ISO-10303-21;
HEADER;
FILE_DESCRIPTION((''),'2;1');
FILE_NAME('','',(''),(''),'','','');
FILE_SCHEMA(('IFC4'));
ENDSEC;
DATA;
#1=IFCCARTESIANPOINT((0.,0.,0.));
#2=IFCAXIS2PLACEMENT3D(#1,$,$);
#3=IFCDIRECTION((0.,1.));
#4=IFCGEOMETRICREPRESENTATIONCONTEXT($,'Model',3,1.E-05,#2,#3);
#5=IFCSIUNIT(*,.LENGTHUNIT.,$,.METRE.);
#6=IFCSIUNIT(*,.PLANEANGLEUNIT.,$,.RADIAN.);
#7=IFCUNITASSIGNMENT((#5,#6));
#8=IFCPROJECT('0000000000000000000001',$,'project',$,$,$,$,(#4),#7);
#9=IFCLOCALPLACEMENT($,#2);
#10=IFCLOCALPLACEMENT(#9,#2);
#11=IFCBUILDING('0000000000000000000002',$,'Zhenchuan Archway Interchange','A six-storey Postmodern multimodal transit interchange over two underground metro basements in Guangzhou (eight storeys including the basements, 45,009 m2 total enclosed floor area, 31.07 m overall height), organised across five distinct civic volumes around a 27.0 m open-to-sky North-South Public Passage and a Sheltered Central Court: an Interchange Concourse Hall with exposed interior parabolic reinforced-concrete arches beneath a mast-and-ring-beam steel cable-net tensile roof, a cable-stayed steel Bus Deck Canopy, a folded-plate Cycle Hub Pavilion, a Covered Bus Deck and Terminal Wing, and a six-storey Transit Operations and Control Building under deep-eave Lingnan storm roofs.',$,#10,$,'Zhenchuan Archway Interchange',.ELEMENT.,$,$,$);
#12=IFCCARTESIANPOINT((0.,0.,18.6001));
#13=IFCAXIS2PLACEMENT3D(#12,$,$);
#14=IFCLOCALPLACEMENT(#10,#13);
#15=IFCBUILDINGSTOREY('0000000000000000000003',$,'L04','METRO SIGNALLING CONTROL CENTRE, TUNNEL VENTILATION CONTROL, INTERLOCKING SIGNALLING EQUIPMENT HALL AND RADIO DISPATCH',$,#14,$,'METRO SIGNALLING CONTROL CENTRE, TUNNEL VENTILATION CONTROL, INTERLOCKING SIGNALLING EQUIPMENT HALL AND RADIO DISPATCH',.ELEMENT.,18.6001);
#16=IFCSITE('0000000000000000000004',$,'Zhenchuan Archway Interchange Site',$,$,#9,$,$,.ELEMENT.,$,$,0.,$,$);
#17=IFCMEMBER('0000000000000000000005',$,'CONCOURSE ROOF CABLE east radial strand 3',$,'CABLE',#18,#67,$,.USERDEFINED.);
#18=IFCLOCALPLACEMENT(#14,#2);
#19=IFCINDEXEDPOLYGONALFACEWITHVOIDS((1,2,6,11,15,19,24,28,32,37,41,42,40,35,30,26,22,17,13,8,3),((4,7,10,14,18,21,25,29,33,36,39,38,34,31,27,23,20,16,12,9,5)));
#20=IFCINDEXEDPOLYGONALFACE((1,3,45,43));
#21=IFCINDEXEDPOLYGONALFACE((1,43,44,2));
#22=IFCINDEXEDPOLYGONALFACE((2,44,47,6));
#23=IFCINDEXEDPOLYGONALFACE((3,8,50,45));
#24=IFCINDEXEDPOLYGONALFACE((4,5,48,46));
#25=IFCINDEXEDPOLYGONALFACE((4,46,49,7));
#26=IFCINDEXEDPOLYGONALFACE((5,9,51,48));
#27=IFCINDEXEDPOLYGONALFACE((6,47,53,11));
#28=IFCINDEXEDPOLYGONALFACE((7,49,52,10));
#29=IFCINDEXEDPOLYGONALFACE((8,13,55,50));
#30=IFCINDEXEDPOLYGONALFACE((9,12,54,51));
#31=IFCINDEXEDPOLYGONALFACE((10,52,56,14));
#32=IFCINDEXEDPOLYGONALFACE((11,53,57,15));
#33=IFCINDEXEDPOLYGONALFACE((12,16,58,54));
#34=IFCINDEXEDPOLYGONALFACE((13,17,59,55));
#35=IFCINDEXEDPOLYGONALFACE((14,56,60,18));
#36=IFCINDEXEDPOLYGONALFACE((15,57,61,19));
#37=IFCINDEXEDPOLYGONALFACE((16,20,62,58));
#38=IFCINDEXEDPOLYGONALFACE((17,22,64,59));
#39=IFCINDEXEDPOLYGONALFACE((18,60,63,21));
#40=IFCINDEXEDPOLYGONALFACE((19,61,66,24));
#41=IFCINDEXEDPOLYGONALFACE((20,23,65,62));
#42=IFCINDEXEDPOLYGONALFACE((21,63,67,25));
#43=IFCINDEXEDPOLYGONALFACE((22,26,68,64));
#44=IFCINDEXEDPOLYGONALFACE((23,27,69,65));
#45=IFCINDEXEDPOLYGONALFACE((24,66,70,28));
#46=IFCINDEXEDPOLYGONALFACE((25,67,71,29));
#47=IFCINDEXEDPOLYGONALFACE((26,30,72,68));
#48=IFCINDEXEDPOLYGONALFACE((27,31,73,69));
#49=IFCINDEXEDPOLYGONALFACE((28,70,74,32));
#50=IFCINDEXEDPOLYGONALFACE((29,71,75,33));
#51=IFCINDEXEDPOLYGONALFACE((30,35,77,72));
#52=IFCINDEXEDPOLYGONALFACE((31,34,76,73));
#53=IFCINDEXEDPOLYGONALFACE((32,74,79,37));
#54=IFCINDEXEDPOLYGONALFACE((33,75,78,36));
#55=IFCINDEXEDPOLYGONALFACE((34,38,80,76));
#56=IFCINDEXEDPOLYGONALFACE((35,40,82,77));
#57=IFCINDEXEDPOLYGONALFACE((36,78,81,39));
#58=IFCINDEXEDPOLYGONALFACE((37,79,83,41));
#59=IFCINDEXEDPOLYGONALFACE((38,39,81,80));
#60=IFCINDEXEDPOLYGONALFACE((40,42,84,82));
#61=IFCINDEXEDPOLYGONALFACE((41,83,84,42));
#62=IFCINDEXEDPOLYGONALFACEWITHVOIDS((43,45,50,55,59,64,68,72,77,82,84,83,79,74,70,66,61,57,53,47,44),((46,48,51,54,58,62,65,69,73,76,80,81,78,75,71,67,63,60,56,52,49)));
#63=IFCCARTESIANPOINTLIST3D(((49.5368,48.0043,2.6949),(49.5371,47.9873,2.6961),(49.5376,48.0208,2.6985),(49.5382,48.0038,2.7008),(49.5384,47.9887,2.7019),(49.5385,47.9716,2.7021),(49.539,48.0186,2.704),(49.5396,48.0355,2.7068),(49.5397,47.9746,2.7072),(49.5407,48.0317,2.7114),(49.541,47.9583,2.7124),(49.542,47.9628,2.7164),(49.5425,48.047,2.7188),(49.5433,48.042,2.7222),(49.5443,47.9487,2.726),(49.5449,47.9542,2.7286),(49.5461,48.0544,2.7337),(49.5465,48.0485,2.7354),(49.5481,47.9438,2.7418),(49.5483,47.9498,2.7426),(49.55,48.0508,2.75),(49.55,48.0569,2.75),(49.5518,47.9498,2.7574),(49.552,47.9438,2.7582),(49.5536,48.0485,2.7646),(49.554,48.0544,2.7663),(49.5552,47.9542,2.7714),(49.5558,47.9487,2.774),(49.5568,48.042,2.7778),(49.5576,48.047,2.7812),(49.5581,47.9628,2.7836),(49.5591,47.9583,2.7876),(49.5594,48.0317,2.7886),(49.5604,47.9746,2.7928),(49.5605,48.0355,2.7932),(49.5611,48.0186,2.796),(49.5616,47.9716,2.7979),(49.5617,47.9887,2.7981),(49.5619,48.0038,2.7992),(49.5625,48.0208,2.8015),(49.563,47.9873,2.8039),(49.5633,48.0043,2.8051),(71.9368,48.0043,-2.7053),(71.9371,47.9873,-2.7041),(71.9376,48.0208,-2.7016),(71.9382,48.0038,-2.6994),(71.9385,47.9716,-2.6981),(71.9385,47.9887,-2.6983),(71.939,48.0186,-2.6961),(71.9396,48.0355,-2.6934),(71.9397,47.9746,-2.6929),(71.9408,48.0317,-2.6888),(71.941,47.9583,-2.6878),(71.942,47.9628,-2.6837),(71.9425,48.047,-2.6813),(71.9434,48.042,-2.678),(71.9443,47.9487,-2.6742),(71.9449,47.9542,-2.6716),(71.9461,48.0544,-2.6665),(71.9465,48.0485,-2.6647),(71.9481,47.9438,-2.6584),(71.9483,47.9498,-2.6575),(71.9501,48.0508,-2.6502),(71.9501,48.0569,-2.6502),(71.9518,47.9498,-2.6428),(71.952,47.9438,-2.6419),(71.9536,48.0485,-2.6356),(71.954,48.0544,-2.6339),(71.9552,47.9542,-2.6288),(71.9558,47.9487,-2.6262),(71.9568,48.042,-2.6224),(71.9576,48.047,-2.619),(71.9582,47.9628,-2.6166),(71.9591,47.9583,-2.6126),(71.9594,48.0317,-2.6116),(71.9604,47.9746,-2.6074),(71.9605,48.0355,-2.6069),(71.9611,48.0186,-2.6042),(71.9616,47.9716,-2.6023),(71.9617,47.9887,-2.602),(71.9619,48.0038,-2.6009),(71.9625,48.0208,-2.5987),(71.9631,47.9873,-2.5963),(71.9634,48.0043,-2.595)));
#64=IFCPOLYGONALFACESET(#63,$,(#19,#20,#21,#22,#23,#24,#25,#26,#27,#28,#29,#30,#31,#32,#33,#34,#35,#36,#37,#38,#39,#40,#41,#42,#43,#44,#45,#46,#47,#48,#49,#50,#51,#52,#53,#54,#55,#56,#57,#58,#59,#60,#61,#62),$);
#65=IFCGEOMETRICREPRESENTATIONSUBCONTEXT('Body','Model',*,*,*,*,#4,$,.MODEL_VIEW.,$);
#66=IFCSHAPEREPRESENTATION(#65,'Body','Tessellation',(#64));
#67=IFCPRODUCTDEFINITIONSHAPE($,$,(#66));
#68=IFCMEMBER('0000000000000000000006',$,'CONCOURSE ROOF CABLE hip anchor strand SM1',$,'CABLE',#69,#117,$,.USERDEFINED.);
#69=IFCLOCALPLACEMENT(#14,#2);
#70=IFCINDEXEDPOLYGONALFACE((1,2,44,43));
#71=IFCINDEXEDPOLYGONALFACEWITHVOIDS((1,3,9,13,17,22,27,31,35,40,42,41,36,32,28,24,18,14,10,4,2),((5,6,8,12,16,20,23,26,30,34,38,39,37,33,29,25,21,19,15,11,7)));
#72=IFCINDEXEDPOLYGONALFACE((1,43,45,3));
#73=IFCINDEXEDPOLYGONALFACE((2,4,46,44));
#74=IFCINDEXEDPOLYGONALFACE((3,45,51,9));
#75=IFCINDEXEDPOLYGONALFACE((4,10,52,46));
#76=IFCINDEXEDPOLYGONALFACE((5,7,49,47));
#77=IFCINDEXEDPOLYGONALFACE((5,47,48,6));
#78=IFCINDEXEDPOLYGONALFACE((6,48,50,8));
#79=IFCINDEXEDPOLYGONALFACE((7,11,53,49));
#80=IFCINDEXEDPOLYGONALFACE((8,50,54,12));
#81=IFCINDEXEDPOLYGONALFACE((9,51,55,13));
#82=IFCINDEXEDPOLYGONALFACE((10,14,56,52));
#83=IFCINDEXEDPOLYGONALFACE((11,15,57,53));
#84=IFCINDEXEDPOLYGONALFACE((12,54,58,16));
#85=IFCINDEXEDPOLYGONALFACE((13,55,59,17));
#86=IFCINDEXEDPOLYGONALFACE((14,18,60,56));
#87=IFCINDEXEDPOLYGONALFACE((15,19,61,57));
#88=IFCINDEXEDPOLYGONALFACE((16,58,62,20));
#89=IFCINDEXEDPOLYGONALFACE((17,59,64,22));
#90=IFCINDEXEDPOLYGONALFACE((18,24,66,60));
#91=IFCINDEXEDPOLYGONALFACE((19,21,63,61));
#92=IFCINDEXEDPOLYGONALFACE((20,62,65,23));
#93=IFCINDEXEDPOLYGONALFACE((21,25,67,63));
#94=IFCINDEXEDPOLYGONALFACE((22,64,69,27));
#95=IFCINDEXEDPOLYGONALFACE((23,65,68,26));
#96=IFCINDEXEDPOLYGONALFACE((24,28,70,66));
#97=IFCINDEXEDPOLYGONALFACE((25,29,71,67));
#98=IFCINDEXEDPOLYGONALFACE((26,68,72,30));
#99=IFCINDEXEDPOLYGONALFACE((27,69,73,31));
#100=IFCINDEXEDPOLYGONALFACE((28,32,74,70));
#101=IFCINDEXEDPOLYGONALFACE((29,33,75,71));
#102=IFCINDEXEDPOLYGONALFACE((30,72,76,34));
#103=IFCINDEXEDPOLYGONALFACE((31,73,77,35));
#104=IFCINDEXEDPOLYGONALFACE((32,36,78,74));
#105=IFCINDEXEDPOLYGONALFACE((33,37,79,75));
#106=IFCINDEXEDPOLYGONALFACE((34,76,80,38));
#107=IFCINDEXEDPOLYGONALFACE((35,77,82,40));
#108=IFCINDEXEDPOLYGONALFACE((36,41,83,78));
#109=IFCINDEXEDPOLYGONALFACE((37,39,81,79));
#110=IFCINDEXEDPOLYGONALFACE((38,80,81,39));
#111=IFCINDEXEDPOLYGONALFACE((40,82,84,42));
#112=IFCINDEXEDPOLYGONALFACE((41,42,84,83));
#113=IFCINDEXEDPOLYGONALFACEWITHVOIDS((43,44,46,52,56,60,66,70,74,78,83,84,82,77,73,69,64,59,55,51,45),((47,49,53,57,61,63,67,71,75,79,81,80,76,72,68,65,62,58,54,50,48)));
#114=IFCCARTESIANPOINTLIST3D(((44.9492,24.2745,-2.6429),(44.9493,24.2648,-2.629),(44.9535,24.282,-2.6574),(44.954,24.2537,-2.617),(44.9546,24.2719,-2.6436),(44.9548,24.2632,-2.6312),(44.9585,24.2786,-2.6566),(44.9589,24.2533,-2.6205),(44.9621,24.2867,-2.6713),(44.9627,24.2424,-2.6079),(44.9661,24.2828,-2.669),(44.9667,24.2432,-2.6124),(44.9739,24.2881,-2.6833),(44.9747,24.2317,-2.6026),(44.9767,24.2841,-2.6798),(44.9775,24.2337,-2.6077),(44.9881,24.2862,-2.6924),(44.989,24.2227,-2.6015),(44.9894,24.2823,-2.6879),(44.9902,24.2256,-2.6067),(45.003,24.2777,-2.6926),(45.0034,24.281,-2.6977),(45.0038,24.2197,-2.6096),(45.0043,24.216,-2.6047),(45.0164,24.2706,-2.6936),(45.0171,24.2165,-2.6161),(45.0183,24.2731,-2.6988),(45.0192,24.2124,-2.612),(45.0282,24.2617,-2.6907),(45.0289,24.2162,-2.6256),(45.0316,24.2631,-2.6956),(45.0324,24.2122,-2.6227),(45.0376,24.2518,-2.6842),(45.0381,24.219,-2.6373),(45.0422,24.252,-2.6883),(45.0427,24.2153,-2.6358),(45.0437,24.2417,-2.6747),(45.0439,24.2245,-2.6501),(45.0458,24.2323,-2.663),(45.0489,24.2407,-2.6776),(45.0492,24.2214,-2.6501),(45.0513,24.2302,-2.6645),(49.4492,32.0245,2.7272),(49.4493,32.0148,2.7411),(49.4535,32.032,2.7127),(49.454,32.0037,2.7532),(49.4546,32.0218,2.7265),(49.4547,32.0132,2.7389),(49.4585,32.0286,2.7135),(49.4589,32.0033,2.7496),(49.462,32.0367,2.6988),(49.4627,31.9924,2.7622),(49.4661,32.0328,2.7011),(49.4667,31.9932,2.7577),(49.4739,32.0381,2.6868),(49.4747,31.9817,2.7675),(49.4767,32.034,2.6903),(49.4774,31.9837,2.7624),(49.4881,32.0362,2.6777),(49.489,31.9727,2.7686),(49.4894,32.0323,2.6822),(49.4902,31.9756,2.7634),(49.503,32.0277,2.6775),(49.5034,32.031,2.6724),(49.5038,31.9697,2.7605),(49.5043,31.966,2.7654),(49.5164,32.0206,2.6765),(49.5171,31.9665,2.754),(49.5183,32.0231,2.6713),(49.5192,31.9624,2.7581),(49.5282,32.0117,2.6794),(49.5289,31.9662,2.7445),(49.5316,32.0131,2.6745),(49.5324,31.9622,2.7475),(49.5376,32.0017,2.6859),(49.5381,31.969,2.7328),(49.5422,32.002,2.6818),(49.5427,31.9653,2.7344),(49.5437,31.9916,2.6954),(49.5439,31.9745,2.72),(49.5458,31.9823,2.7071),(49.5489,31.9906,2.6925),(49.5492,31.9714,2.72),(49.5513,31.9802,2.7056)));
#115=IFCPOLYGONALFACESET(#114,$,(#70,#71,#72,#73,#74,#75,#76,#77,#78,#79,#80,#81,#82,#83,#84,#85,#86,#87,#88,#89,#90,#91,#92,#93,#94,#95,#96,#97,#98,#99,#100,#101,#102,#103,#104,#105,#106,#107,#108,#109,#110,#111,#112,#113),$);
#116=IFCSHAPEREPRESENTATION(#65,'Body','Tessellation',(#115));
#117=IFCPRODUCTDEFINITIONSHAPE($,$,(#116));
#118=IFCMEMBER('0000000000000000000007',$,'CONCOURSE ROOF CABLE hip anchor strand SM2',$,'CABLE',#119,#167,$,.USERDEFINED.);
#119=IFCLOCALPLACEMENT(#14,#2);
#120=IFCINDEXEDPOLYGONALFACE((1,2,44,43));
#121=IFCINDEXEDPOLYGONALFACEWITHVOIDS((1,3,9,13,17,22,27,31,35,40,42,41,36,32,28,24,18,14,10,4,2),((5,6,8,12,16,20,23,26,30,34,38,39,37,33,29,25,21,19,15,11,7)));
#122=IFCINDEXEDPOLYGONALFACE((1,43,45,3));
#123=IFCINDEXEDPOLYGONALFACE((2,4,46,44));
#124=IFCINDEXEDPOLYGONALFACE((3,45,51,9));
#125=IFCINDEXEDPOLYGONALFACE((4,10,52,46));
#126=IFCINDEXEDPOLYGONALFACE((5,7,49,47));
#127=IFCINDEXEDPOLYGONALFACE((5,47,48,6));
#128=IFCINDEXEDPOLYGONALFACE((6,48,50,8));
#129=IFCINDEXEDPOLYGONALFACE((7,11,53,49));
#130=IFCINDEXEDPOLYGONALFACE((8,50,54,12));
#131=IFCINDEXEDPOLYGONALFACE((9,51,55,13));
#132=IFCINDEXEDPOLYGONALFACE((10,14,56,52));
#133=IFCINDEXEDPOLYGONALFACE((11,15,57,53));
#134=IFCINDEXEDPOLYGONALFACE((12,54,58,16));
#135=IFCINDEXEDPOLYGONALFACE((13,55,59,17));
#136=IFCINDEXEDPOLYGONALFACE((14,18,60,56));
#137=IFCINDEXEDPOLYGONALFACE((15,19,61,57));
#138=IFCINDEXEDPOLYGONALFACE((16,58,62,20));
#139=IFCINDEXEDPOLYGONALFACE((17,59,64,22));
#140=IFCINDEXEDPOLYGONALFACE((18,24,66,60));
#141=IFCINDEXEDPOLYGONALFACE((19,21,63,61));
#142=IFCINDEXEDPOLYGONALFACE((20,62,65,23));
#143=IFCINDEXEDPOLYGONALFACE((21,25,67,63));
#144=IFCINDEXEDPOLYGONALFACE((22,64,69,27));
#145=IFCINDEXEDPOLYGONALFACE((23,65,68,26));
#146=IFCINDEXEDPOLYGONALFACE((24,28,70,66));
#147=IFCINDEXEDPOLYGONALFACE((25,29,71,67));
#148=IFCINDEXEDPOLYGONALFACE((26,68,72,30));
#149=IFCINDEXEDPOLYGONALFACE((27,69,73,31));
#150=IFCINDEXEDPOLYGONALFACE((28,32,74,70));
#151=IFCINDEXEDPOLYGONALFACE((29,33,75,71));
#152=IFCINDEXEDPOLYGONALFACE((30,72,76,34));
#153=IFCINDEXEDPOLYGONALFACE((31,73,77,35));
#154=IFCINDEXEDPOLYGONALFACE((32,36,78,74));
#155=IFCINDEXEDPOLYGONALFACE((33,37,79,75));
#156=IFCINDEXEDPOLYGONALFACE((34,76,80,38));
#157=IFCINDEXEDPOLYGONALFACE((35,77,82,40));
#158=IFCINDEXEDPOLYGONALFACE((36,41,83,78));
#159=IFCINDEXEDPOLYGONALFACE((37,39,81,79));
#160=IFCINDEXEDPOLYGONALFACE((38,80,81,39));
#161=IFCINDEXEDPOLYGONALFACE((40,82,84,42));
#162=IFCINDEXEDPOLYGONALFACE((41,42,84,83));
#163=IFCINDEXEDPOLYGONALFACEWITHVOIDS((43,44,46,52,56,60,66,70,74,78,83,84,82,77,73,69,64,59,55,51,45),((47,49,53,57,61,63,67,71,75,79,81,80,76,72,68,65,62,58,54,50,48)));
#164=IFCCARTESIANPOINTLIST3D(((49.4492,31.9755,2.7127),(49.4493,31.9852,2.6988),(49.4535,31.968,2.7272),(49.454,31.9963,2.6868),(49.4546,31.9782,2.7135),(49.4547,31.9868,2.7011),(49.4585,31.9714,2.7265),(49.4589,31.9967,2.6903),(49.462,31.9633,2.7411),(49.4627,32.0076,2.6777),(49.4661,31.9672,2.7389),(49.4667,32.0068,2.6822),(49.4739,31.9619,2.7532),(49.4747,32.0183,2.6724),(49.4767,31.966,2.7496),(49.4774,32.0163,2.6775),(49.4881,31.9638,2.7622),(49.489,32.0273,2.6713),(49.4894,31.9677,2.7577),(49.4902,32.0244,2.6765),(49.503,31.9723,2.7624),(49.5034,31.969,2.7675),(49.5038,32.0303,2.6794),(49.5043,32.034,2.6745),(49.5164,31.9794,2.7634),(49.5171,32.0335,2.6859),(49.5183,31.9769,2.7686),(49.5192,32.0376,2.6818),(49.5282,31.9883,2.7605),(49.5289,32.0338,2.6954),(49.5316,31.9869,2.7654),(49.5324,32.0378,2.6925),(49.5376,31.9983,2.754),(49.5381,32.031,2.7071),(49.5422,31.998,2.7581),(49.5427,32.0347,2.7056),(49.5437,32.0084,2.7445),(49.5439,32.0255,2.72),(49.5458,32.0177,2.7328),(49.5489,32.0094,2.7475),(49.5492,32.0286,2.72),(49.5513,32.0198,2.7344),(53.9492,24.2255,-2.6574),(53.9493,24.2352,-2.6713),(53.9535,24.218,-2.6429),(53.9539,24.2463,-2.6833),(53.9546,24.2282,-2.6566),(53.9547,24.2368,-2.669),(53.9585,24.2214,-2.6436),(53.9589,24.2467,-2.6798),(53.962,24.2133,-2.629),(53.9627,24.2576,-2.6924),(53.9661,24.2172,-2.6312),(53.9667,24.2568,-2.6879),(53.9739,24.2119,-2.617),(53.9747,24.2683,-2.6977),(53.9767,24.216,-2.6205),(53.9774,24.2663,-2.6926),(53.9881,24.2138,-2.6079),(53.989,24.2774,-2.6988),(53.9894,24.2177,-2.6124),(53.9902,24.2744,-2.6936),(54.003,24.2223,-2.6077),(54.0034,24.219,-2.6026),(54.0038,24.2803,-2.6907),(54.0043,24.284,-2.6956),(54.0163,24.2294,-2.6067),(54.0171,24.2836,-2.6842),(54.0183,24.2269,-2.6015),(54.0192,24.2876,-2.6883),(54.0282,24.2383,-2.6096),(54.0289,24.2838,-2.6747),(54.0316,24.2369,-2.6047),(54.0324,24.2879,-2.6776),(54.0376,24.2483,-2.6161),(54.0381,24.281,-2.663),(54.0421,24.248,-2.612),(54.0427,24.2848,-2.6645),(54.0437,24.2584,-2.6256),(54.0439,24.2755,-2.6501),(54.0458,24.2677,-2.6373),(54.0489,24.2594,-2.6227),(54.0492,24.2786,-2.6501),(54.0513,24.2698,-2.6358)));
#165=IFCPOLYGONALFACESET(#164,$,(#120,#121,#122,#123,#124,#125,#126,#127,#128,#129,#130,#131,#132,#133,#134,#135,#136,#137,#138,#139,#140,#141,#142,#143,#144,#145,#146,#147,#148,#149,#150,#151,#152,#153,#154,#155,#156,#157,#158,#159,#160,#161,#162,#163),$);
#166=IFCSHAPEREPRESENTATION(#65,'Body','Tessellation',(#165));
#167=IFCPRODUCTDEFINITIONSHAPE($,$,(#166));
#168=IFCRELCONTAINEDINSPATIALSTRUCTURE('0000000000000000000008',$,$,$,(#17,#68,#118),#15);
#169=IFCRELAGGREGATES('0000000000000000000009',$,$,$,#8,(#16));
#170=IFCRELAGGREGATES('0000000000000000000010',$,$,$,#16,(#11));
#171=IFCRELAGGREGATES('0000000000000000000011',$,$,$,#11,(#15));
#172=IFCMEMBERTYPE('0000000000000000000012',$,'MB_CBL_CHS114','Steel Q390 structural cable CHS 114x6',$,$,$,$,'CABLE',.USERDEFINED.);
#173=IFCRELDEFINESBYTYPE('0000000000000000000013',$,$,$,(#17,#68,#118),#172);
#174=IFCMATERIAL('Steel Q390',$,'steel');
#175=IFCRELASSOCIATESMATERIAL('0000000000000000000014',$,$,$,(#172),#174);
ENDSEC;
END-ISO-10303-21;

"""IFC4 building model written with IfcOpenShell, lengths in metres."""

from ifc_helpers import new_model, si_unit, direction, frame, origin, origin_2d, place, context, subcontext, project, spatial, hollow_circle, extrude, material, material_profile, profile_set, type_object, element, save


model = new_model("IFC4")

# Units and contexts
model_context = context("Model", 3, precision=1e-05, world=origin(), true_north=direction((0.0, 1.0)))
body_context = subcontext(model_context, "Body", "Model", "MODEL_VIEW")
ifc_project = project(units=[si_unit("LENGTHUNIT", "METRE"), si_unit("PLANEANGLEUNIT", "RADIAN")], contexts=[model_context])

# Site, building, storey
site_placement = place(None, origin())
site = spatial("IfcSite", under=ifc_project, at=site_placement, Name="Zhenchuan Archway Interchange Site", CompositionType="ELEMENT", RefElevation=0.0)
building_placement = place(site_placement, origin())
building = spatial("IfcBuilding", under=site, at=building_placement, Name="Zhenchuan Archway Interchange", Description="A six-storey Postmodern multimodal transit interchange over two underground metro basements in Guangzhou (eight storeys including the basements, 45,009 m2 total enclosed floor area, 31.07 m overall height), organised across five distinct civic volumes around a 27.0 m open-to-sky North-South Public Passage and a Sheltered Central Court: an Interchange Concourse Hall with exposed interior parabolic reinforced-concrete arches beneath a mast-and-ring-beam steel cable-net tensile roof, a cable-stayed steel Bus Deck Canopy, a folded-plate Cycle Hub Pavilion, a Covered Bus Deck and Terminal Wing, and a six-storey Transit Operations and Control Building under deep-eave Lingnan storm roofs.", LongName="Zhenchuan Archway Interchange", CompositionType="ELEMENT")
storey_placement = place(building_placement, frame((0.0, 0.0, 18.6001)))
storey = spatial("IfcBuildingStorey", under=building, at=storey_placement, Name="L04", Description="METRO SIGNALLING CONTROL CENTRE, TUNNEL VENTILATION CONTROL, INTERLOCKING SIGNALLING EQUIPMENT HALL AND RADIO DISPATCH", LongName="METRO SIGNALLING CONTROL CENTRE, TUNNEL VENTILATION CONTROL, INTERLOCKING SIGNALLING EQUIPMENT HALL AND RADIO DISPATCH", CompositionType="ELEMENT", Elevation=18.6001)

# Shared definitions
ifc_material_1 = material(Name="Steel Q390", Category="steel")

# Members
ifc_material_profile_1 = material_profile(ifc_material_1, hollow_circle(Radius=0.0569, WallThickness=0.0061, at=origin_2d()), Name="CHS 114x6")
ifc_profile_set_1 = profile_set([ifc_material_profile_1], Name="Steel Q390")
member_type_1 = type_object("IfcMemberType", Name="MB_CBL_CHS114", Description="Steel Q390 structural cable CHS 114x6", ElementType="CABLE", PredefinedType="USERDEFINED", material=ifc_profile_set_1)
for number, where, z_axis, x_axis, name in (
    (1, (49.55, 48.0, 2.75), (0.972149, 0.0, -0.234365), (0.0, 1.0, 0.0), "CONCOURSE ROOF CABLE east radial strand 3"),
):
    element("IfcMember", number, at=place(storey_placement, frame(where, z_axis=z_axis, x_axis=x_axis)), inside=storey, type_object=member_type_1, Name=name, ObjectType="CABLE", PredefinedType="USERDEFINED", context=body_context, shape_type="SweptSolid", body=[
        extrude(hollow_circle(Radius=0.0569, WallThickness=0.0061, at=origin_2d()), origin(), (0.0, 0.0, 1.0), 23.0417),
    ])
for number, where, z_axis, x_axis, name in (
    (2, (49.5, 32.0, 2.72), (-0.430724, -0.741803, -0.514009), (0.864789, -0.502136, 0.0), "CONCOURSE ROOF CABLE hip anchor strand SM1"),
    (3, (49.5, 32.0, 2.72), (0.430724, -0.741803, -0.514009), (0.864789, 0.502136, 0.0), "CONCOURSE ROOF CABLE hip anchor strand SM2"),
):
    element("IfcMember", number, at=place(storey_placement, frame(where, z_axis=z_axis, x_axis=x_axis)), inside=storey, type_object=member_type_1, Name=name, ObjectType="CABLE", PredefinedType="USERDEFINED", context=body_context, shape_type="SweptSolid", body=[
        extrude(hollow_circle(Radius=0.0569, WallThickness=0.0061, at=origin_2d()), origin(), (0.0, 0.0, 1.0), 10.4475),
    ])

save(model, "model.ifc")
